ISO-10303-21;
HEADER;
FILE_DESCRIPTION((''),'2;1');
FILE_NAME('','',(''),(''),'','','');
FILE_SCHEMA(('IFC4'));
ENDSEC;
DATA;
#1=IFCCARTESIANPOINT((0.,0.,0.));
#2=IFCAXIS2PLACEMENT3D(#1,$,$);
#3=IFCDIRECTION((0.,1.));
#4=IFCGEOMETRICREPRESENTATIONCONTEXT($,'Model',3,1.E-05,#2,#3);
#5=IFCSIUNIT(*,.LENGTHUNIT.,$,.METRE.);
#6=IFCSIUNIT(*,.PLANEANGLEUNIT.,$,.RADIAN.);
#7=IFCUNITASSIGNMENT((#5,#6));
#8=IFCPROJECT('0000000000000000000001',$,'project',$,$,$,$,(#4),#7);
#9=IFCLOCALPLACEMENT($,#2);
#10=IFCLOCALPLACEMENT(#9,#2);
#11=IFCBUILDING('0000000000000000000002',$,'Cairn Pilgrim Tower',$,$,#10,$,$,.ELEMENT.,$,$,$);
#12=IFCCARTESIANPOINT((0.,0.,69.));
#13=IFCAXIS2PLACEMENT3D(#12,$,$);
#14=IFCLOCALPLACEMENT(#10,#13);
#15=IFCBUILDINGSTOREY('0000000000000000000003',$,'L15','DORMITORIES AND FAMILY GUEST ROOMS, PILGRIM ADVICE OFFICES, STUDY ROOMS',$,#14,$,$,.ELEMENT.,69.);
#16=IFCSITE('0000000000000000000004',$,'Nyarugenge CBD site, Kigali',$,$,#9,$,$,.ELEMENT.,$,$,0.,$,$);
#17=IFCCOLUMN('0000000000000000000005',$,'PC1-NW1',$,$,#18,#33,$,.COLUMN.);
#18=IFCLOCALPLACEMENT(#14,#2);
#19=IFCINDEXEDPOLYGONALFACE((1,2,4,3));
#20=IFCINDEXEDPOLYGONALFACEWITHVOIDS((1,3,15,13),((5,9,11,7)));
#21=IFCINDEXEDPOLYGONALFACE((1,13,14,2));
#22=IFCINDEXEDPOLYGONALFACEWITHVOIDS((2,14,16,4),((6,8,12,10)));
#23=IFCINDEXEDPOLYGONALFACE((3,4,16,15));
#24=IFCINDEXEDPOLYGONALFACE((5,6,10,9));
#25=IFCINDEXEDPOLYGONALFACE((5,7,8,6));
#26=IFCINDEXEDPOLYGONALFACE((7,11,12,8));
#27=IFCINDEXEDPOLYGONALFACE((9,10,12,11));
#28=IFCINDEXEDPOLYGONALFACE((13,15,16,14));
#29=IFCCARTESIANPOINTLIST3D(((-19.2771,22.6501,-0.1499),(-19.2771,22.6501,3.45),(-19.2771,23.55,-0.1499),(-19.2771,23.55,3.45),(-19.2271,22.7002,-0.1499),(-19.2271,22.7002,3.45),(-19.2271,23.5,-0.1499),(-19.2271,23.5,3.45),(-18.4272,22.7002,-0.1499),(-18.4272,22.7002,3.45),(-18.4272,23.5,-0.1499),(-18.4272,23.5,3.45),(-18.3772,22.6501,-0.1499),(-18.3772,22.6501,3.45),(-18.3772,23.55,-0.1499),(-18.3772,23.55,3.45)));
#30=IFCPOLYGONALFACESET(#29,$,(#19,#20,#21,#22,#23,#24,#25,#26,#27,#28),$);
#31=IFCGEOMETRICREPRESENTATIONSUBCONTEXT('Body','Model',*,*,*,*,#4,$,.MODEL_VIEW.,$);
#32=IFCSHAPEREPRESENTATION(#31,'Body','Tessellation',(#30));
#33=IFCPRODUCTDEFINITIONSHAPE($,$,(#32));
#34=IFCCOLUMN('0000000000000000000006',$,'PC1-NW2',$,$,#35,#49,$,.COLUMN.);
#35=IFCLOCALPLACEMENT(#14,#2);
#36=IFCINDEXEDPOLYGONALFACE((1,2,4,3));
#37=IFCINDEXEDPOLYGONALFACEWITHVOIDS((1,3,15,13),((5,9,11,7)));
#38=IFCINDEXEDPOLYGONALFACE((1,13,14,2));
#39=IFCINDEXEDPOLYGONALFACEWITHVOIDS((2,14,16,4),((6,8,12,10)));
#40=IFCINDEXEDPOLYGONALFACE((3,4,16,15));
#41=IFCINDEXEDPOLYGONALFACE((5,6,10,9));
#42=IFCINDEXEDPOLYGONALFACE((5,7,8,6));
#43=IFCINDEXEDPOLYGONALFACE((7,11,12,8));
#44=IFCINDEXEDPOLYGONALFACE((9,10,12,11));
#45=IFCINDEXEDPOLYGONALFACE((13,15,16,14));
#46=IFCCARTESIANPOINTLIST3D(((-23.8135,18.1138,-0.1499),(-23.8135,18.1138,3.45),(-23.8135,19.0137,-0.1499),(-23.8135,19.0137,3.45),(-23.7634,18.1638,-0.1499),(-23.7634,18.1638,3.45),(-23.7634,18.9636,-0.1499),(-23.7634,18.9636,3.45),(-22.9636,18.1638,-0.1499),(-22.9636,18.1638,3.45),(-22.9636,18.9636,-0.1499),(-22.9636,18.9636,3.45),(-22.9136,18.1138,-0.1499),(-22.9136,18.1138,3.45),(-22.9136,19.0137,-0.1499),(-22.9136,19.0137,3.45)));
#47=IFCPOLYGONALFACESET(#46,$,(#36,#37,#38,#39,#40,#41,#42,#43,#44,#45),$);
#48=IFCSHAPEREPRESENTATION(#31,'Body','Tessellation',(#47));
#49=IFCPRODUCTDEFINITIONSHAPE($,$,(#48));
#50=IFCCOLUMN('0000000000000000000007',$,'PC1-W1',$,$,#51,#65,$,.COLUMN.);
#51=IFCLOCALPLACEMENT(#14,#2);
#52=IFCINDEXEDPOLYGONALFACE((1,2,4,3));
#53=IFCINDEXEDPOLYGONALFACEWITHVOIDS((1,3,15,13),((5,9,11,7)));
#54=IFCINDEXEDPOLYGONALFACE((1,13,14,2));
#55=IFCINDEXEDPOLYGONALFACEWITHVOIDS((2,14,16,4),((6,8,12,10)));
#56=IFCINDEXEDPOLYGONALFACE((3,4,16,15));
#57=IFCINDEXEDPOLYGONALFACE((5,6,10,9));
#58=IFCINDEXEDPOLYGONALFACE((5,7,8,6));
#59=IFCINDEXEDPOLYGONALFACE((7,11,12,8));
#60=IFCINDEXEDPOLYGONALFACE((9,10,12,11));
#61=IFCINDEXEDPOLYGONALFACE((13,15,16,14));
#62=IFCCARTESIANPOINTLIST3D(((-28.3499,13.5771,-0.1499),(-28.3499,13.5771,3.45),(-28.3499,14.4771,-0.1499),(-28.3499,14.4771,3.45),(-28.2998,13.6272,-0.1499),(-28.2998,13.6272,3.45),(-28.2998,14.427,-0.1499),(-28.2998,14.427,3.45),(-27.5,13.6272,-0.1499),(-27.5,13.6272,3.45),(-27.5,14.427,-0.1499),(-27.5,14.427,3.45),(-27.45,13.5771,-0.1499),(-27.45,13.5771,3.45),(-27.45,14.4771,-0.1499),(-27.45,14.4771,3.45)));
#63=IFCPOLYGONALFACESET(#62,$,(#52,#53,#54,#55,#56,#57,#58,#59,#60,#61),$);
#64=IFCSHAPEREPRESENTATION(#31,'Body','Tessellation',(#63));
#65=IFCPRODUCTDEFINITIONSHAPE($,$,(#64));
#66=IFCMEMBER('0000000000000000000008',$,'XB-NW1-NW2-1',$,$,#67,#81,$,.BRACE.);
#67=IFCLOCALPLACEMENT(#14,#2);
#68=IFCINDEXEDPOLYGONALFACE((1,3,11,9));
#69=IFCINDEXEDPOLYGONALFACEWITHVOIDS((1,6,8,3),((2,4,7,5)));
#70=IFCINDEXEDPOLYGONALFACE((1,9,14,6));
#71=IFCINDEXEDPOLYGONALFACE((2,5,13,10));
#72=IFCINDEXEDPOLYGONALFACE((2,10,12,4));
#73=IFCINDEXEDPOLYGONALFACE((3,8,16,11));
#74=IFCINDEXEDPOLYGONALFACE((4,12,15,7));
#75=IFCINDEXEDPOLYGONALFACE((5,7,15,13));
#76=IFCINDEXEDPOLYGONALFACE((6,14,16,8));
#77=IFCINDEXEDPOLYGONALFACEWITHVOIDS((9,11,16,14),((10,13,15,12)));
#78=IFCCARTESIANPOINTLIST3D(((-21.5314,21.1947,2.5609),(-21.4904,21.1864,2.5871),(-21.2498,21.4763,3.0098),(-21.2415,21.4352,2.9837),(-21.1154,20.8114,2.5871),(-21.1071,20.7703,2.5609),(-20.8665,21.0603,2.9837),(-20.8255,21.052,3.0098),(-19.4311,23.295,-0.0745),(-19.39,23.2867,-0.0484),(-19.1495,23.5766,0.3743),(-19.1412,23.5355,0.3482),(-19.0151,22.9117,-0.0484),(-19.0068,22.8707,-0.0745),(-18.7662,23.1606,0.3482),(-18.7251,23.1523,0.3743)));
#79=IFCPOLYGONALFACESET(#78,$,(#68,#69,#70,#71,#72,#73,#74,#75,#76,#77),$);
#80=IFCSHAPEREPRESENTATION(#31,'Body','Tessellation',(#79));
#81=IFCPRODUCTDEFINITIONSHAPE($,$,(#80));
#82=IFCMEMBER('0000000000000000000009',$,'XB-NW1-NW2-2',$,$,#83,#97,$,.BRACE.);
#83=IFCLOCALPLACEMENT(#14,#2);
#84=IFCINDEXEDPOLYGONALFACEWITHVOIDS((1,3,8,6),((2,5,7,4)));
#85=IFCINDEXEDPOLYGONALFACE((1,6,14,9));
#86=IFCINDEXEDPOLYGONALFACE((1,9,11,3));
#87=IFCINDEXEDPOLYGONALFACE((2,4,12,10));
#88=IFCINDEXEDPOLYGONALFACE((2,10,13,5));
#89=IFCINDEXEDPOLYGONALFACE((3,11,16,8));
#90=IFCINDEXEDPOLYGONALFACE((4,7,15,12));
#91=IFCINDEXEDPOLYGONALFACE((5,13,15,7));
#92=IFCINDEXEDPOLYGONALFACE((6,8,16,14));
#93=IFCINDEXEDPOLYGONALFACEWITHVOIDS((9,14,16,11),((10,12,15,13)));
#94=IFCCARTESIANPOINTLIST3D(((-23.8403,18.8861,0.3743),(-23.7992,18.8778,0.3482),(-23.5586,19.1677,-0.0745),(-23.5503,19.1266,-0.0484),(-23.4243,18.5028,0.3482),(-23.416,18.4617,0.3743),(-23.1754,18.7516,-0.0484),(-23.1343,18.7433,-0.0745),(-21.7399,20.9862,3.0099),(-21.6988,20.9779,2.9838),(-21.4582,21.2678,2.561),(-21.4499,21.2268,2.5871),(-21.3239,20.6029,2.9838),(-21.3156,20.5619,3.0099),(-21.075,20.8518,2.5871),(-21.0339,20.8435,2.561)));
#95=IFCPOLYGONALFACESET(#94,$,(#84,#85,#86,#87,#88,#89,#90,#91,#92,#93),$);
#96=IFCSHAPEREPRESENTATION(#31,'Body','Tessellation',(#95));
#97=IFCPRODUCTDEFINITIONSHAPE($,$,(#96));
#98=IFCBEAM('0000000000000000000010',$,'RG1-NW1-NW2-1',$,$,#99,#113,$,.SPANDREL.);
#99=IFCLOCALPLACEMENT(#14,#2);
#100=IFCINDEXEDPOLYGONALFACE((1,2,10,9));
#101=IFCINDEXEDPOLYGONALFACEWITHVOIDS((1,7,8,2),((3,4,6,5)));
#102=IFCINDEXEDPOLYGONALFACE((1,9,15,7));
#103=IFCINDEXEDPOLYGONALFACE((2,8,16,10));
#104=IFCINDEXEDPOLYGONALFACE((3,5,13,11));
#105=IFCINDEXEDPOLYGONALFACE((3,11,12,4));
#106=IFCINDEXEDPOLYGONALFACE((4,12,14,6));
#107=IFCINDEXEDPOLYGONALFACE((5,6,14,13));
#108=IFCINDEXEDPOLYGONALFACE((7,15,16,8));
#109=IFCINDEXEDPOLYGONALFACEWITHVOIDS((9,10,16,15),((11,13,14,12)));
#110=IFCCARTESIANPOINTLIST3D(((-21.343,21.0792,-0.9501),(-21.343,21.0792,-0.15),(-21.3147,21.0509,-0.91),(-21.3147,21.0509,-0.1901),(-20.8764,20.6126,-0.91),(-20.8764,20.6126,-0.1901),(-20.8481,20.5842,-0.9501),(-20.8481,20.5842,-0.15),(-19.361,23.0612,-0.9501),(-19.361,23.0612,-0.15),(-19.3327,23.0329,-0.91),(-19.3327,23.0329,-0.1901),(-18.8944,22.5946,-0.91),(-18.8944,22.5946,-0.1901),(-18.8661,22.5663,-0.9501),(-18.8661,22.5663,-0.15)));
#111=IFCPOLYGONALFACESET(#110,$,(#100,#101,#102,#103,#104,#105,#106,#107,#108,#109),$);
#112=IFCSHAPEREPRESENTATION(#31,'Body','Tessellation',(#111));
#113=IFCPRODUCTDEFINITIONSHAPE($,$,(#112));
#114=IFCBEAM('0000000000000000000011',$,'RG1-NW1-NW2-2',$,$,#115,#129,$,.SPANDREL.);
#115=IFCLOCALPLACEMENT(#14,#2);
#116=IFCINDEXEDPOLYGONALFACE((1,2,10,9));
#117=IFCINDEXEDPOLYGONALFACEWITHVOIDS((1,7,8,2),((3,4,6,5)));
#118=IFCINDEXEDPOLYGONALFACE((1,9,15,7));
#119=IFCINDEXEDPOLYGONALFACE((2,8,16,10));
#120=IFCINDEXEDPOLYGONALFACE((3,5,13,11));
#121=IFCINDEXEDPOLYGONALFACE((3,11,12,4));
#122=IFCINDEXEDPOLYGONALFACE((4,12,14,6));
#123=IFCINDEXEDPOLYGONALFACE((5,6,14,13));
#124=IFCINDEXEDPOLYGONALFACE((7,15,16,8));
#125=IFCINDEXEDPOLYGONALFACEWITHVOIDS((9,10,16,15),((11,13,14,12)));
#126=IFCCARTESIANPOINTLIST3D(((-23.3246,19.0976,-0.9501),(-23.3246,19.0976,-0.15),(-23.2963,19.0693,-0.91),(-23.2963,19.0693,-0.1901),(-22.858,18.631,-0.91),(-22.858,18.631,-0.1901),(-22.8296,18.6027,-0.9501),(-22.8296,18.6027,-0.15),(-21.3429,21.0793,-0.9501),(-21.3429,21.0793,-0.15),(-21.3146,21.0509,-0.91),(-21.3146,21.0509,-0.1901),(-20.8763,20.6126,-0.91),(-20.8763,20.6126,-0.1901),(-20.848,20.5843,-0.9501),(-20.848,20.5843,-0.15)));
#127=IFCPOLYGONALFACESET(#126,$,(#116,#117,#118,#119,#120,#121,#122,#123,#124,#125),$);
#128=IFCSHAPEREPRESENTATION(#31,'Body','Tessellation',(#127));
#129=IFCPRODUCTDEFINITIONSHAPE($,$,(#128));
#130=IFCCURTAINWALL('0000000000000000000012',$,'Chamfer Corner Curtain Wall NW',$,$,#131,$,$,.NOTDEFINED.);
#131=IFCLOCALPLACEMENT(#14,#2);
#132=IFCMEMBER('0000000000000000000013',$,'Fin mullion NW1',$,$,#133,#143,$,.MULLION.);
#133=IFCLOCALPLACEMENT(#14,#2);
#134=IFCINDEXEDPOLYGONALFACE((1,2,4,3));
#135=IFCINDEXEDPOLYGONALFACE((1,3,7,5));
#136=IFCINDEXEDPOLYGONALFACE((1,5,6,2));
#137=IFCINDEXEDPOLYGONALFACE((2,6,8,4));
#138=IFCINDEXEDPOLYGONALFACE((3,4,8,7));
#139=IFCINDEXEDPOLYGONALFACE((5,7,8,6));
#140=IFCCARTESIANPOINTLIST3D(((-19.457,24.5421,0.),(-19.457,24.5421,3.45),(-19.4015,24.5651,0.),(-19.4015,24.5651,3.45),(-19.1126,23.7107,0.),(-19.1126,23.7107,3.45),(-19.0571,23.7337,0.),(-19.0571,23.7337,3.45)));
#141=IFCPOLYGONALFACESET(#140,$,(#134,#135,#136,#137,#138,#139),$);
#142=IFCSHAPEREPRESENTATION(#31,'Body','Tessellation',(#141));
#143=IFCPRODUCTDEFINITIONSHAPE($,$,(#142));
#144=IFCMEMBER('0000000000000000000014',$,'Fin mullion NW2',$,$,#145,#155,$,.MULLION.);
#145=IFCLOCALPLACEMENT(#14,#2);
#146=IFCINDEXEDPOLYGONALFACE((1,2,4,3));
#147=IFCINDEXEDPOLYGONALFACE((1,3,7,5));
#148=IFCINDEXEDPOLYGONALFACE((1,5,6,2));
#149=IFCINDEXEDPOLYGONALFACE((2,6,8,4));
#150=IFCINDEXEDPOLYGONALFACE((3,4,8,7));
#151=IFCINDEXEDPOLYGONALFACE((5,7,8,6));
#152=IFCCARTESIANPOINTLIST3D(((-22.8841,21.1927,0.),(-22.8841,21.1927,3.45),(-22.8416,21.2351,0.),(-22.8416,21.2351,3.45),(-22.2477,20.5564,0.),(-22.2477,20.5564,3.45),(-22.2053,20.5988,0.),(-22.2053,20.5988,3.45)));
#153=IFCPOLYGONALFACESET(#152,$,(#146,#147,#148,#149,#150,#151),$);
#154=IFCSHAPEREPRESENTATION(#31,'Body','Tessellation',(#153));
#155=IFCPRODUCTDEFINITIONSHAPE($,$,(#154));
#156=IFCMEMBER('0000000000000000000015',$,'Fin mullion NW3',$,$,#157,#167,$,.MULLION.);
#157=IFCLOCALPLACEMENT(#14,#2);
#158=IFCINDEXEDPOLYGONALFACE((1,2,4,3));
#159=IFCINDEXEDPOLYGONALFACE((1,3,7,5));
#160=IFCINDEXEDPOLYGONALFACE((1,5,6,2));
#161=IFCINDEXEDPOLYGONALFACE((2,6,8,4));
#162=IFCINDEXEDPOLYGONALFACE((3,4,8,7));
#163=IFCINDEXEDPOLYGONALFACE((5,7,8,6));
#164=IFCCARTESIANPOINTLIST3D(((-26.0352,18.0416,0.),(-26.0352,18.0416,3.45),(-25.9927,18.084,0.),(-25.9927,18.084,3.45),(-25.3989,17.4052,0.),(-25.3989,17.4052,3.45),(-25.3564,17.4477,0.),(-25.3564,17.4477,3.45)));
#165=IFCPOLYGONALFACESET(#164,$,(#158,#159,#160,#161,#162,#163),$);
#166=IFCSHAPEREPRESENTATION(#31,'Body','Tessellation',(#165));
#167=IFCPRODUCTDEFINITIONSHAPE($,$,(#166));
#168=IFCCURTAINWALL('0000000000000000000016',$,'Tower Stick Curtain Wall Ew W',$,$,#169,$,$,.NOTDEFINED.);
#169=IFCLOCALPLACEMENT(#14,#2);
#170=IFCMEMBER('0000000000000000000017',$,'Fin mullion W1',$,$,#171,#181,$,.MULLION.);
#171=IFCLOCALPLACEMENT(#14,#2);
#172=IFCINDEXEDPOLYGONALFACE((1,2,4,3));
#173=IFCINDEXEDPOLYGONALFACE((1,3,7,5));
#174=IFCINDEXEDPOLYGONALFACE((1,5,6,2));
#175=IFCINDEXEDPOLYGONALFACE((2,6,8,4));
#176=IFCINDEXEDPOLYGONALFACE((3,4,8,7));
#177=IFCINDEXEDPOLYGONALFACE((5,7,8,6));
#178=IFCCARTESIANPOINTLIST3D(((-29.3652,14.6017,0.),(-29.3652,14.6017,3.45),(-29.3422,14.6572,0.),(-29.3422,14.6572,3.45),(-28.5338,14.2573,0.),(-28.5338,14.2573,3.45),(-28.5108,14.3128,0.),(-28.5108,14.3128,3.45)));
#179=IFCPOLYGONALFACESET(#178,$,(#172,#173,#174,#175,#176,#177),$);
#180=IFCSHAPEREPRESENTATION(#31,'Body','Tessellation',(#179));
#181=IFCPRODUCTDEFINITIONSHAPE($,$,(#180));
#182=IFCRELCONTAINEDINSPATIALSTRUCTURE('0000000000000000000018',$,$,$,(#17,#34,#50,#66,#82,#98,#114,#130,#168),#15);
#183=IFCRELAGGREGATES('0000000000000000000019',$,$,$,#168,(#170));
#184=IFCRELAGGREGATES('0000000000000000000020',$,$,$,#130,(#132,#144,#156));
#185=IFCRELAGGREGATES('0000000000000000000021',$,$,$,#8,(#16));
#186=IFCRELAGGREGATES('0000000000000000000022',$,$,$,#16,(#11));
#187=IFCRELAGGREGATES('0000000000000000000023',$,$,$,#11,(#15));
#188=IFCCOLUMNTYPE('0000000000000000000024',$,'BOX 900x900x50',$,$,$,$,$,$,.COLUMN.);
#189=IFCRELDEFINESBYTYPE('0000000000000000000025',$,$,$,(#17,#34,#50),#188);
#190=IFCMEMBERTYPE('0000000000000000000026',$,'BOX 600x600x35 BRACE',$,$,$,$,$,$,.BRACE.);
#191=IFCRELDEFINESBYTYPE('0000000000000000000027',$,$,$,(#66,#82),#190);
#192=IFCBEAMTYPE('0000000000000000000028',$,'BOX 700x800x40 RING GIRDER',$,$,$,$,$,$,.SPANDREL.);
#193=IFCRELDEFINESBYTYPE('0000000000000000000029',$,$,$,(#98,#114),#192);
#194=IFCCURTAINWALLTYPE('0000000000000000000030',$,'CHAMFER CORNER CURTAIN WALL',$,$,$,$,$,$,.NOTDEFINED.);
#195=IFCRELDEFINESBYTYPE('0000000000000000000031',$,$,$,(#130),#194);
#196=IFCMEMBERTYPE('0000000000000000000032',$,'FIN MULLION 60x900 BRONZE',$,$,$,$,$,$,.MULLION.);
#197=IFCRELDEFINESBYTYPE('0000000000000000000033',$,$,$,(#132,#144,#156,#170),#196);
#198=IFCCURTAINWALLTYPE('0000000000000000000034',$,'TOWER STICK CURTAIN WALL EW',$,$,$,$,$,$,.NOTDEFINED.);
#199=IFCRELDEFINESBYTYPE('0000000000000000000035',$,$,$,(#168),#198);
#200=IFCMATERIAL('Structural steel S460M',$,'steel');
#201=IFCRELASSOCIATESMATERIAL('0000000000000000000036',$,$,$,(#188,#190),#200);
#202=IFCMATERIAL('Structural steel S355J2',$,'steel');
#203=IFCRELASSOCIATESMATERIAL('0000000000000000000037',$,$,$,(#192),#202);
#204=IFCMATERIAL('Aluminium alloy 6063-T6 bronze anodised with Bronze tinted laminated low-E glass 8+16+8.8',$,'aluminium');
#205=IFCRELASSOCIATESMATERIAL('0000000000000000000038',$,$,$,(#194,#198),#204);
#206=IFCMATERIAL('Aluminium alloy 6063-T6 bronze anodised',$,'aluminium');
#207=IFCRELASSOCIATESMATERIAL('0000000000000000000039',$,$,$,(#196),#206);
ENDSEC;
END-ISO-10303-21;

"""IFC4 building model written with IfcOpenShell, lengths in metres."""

from ifc_helpers import new_model, si_unit, direction, frame, origin, origin_2d, place, context, subcontext, project, spatial, rectangle, hollow_rectangle, extrude, material, material_profile, profile_set, type_object, element, aggregate, save


model = new_model("IFC4")

# Units and contexts
model_context = context("Model", 3, precision=1e-05, world=origin(), true_north=direction((0.0, 1.0)))
body_context = subcontext(model_context, "Body", "Model", "MODEL_VIEW")
ifc_project = project(units=[si_unit("LENGTHUNIT", "METRE"), si_unit("PLANEANGLEUNIT", "RADIAN")], contexts=[model_context])

# Site, building, storey
site_placement = place(None, origin())
site = spatial("IfcSite", under=ifc_project, at=site_placement, Name="Nyarugenge CBD site, Kigali", CompositionType="ELEMENT", RefElevation=0.0)
building_placement = place(site_placement, origin())
building = spatial("IfcBuilding", under=site, at=building_placement, Name="Cairn Pilgrim Tower", CompositionType="ELEMENT")
storey_placement = place(building_placement, frame((0.0, 0.0, 69.0)))
storey = spatial("IfcBuildingStorey", under=building, at=storey_placement, Name="L15", Description="DORMITORIES AND FAMILY GUEST ROOMS, PILGRIM ADVICE OFFICES, STUDY ROOMS", CompositionType="ELEMENT", Elevation=69.0)

# Columns
ifc_material_1 = material(Name="Structural steel S460M", Category="steel")
ifc_material_profile_1 = material_profile(ifc_material_1, hollow_rectangle(XDim=0.8999, YDim=0.8999, WallThickness=0.05, at=origin_2d()), Name="BOX 900x900x50")
ifc_profile_set_1 = profile_set([ifc_material_profile_1], Name="Structural steel S460M")
column_type = type_object("IfcColumnType", Name="BOX 900x900x50", PredefinedType="COLUMN", material=ifc_profile_set_1)
for number, where, z_axis, x_axis, name in (
    (1, (-18.8271, 23.1001, -0.1499), (0.0, 0.0, 1.0), (1.0, 0.0, 0.0), "PC1-NW1"),
    (2, (-23.3635, 18.5637, -0.1499), (0.0, 0.0, 1.0), (1.0, 0.0, 0.0), "PC1-NW2"),
    (3, (-27.8999, 14.0271, -0.1499), (0.0, 0.0, 1.0), (1.0, 0.0, 0.0), "PC1-W1"),
):
    element("IfcColumn", number, at=place(storey_placement, frame(where, z_axis=z_axis, x_axis=x_axis)), inside=storey, type_object=column_type, Name=name, PredefinedType="COLUMN", context=body_context, shape_type="SweptSolid", body=[
        extrude(hollow_rectangle(XDim=0.8999, YDim=0.8999, WallThickness=0.05, at=origin_2d()), origin(), (0.0, 0.0, 1.0), 3.5999),
    ])

# Members
ifc_material_profile_2 = material_profile(ifc_material_1, hollow_rectangle(XDim=0.6001, YDim=0.6001, WallThickness=0.0349, at=origin_2d()), Name="BOX 600x600x35")
ifc_profile_set_2 = profile_set([ifc_material_profile_2], Name="Structural steel S460M")
member_type_1 = type_object("IfcMemberType", Name="BOX 600x600x35 BRACE", PredefinedType="BRACE", material=ifc_profile_set_2)
for number, where, z_axis, x_axis, name in (
    (4, (-19.0781, 23.2236, 0.1499), (-0.528922, -0.528922, 0.663689), (0.707107, -0.707107, 0.0), "XB-NW1-NW2-1"),
    (5, (-23.4873, 18.8147, 0.1499), (0.528939, 0.528878, 0.66371), (-0.707066, 0.707148, 0.0), "XB-NW1-NW2-2"),
):
    element("IfcMember", number, at=place(storey_placement, frame(where, z_axis=z_axis, x_axis=x_axis)), inside=storey, type_object=member_type_1, Name=name, PredefinedType="BRACE", context=body_context, shape_type="SweptSolid", body=[
        extrude(hollow_rectangle(XDim=0.6001, YDim=0.6001, WallThickness=0.0349, at=origin_2d()), origin(), (0.0, 0.0, 1.0), 3.9709),
    ])

# Beams
ifc_material_2 = material(Name="Structural steel S355J2", Category="steel")
ifc_material_profile_3 = material_profile(ifc_material_2, hollow_rectangle(XDim=0.7, YDim=0.8, WallThickness=0.04, at=origin_2d()), Name="BOX 700x800x40")
ifc_profile_set_3 = profile_set([ifc_material_profile_3], Name="Structural steel S355J2")
beam_type_1 = type_object("IfcBeamType", Name="BOX 700x800x40 RING GIRDER", PredefinedType="SPANDREL", material=ifc_profile_set_3)
beam_1_placement = place(storey_placement, frame((-19.1135, 22.8137, -0.55), z_axis=(-0.707107, -0.707107, 0.0), x_axis=(0.707107, -0.707107, 0.0)))
element("IfcBeam", 6, at=beam_1_placement, inside=storey, type_object=beam_type_1, Name="RG1-NW1-NW2-1", PredefinedType="SPANDREL", context=body_context, shape_type="SweptSolid", body=[
    extrude(hollow_rectangle(XDim=0.7, YDim=0.8, WallThickness=0.04, at=origin_2d()), origin(), (0.0, 0.0, 1.0), 2.803),
])
beam_2_placement = place(storey_placement, frame((-21.0955, 20.8318, -0.55), z_axis=(-0.707107, -0.707107, 0.0), x_axis=(0.707107, -0.707107, 0.0)))
element("IfcBeam", 7, at=beam_2_placement, inside=storey, type_object=beam_type_1, Name="RG1-NW1-NW2-2", PredefinedType="SPANDREL", context=body_context, shape_type="SweptSolid", body=[
    extrude(hollow_rectangle(XDim=0.7, YDim=0.8, WallThickness=0.04, at=origin_2d()), origin(), (0.0, 0.0, 1.0), 2.8025),
])

# Curtain wall, members
ifc_material_3 = material(Name="Aluminium alloy 6063-T6 bronze anodised with Bronze tinted laminated low-E glass 8+16+8.8", Category="aluminium")
curtain_wall_type_1 = type_object("IfcCurtainWallType", Name="CHAMFER CORNER CURTAIN WALL", PredefinedType="NOTDEFINED", material=ifc_material_3)
curtain_wall_1_placement = place(storey_placement, origin())
curtain_wall_1 = element("IfcCurtainWall", 8, at=curtain_wall_1_placement, inside=storey, type_object=curtain_wall_type_1, Name="Chamfer Corner Curtain Wall NW", PredefinedType="NOTDEFINED")
ifc_material_4 = material(Name="Aluminium alloy 6063-T6 bronze anodised", Category="aluminium")
ifc_material_profile_4 = material_profile(ifc_material_4, rectangle(XDim=0.8999, YDim=0.0601, at=origin_2d()), Name="FIN MULLION 60x900 BRONZE")
ifc_profile_set_4 = profile_set([ifc_material_profile_4], Name="Aluminium alloy 6063-T6 bronze anodised")
member_type_2 = type_object("IfcMemberType", Name="FIN MULLION 60x900 BRONZE", PredefinedType="MULLION", material=ifc_profile_set_4)
member_1_placement = place(storey_placement, frame((-19.2571, 24.1379, 0.0), z_axis=(0.0, 0.0, 1.0), x_axis=(-0.382683, 0.92388, 0.0)))
member_1 = element("IfcMember", 9, at=member_1_placement, type_object=member_type_2, Name="Fin mullion NW1", PredefinedType="MULLION", context=body_context, shape_type="SweptSolid", body=[
    extrude(rectangle(XDim=0.8999, YDim=0.0601, at=origin_2d()), origin(), (0.0, 0.0, 1.0), 3.45),
])
member_2_placement = place(storey_placement, frame((-22.5447, 20.8958, 0.0), z_axis=(0.0, 0.0, 1.0), x_axis=(-0.707107, 0.707107, 0.0)))
member_2 = element("IfcMember", 10, at=member_2_placement, type_object=member_type_2, Name="Fin mullion NW2", PredefinedType="MULLION", context=body_context, shape_type="SweptSolid", body=[
    extrude(rectangle(XDim=0.8999, YDim=0.0601, at=origin_2d()), origin(), (0.0, 0.0, 1.0), 3.45),
])
member_3_placement = place(storey_placement, frame((-25.6958, 17.7446, 0.0), z_axis=(0.0, 0.0, 1.0), x_axis=(-0.707107, 0.707107, 0.0)))
member_3 = element("IfcMember", 11, at=member_3_placement, type_object=member_type_2, Name="Fin mullion NW3", PredefinedType="MULLION", context=body_context, shape_type="SweptSolid", body=[
    extrude(rectangle(XDim=0.8999, YDim=0.0601, at=origin_2d()), origin(), (0.0, 0.0, 1.0), 3.45),
])

# Curtain wall, member
curtain_wall_type_2 = type_object("IfcCurtainWallType", Name="TOWER STICK CURTAIN WALL EW", PredefinedType="NOTDEFINED", material=ifc_material_3)
curtain_wall_2_placement = place(storey_placement, origin())
curtain_wall_2 = element("IfcCurtainWall", 12, at=curtain_wall_2_placement, inside=storey, type_object=curtain_wall_type_2, Name="Tower Stick Curtain Wall Ew W", PredefinedType="NOTDEFINED")
member_4_placement = place(storey_placement, frame((-28.938, 14.4573, 0.0), z_axis=(0.0, 0.0, 1.0), x_axis=(-0.92388, 0.382683, 0.0)))
member_4 = element("IfcMember", 13, at=member_4_placement, type_object=member_type_2, Name="Fin mullion W1", PredefinedType="MULLION", context=body_context, shape_type="SweptSolid", body=[
    extrude(rectangle(XDim=0.8999, YDim=0.0601, at=origin_2d()), origin(), (0.0, 0.0, 1.0), 3.45),
])

aggregate(curtain_wall_2, [member_4])

aggregate(curtain_wall_1, [member_1, member_2, member_3])

save(model, "model.ifc")
